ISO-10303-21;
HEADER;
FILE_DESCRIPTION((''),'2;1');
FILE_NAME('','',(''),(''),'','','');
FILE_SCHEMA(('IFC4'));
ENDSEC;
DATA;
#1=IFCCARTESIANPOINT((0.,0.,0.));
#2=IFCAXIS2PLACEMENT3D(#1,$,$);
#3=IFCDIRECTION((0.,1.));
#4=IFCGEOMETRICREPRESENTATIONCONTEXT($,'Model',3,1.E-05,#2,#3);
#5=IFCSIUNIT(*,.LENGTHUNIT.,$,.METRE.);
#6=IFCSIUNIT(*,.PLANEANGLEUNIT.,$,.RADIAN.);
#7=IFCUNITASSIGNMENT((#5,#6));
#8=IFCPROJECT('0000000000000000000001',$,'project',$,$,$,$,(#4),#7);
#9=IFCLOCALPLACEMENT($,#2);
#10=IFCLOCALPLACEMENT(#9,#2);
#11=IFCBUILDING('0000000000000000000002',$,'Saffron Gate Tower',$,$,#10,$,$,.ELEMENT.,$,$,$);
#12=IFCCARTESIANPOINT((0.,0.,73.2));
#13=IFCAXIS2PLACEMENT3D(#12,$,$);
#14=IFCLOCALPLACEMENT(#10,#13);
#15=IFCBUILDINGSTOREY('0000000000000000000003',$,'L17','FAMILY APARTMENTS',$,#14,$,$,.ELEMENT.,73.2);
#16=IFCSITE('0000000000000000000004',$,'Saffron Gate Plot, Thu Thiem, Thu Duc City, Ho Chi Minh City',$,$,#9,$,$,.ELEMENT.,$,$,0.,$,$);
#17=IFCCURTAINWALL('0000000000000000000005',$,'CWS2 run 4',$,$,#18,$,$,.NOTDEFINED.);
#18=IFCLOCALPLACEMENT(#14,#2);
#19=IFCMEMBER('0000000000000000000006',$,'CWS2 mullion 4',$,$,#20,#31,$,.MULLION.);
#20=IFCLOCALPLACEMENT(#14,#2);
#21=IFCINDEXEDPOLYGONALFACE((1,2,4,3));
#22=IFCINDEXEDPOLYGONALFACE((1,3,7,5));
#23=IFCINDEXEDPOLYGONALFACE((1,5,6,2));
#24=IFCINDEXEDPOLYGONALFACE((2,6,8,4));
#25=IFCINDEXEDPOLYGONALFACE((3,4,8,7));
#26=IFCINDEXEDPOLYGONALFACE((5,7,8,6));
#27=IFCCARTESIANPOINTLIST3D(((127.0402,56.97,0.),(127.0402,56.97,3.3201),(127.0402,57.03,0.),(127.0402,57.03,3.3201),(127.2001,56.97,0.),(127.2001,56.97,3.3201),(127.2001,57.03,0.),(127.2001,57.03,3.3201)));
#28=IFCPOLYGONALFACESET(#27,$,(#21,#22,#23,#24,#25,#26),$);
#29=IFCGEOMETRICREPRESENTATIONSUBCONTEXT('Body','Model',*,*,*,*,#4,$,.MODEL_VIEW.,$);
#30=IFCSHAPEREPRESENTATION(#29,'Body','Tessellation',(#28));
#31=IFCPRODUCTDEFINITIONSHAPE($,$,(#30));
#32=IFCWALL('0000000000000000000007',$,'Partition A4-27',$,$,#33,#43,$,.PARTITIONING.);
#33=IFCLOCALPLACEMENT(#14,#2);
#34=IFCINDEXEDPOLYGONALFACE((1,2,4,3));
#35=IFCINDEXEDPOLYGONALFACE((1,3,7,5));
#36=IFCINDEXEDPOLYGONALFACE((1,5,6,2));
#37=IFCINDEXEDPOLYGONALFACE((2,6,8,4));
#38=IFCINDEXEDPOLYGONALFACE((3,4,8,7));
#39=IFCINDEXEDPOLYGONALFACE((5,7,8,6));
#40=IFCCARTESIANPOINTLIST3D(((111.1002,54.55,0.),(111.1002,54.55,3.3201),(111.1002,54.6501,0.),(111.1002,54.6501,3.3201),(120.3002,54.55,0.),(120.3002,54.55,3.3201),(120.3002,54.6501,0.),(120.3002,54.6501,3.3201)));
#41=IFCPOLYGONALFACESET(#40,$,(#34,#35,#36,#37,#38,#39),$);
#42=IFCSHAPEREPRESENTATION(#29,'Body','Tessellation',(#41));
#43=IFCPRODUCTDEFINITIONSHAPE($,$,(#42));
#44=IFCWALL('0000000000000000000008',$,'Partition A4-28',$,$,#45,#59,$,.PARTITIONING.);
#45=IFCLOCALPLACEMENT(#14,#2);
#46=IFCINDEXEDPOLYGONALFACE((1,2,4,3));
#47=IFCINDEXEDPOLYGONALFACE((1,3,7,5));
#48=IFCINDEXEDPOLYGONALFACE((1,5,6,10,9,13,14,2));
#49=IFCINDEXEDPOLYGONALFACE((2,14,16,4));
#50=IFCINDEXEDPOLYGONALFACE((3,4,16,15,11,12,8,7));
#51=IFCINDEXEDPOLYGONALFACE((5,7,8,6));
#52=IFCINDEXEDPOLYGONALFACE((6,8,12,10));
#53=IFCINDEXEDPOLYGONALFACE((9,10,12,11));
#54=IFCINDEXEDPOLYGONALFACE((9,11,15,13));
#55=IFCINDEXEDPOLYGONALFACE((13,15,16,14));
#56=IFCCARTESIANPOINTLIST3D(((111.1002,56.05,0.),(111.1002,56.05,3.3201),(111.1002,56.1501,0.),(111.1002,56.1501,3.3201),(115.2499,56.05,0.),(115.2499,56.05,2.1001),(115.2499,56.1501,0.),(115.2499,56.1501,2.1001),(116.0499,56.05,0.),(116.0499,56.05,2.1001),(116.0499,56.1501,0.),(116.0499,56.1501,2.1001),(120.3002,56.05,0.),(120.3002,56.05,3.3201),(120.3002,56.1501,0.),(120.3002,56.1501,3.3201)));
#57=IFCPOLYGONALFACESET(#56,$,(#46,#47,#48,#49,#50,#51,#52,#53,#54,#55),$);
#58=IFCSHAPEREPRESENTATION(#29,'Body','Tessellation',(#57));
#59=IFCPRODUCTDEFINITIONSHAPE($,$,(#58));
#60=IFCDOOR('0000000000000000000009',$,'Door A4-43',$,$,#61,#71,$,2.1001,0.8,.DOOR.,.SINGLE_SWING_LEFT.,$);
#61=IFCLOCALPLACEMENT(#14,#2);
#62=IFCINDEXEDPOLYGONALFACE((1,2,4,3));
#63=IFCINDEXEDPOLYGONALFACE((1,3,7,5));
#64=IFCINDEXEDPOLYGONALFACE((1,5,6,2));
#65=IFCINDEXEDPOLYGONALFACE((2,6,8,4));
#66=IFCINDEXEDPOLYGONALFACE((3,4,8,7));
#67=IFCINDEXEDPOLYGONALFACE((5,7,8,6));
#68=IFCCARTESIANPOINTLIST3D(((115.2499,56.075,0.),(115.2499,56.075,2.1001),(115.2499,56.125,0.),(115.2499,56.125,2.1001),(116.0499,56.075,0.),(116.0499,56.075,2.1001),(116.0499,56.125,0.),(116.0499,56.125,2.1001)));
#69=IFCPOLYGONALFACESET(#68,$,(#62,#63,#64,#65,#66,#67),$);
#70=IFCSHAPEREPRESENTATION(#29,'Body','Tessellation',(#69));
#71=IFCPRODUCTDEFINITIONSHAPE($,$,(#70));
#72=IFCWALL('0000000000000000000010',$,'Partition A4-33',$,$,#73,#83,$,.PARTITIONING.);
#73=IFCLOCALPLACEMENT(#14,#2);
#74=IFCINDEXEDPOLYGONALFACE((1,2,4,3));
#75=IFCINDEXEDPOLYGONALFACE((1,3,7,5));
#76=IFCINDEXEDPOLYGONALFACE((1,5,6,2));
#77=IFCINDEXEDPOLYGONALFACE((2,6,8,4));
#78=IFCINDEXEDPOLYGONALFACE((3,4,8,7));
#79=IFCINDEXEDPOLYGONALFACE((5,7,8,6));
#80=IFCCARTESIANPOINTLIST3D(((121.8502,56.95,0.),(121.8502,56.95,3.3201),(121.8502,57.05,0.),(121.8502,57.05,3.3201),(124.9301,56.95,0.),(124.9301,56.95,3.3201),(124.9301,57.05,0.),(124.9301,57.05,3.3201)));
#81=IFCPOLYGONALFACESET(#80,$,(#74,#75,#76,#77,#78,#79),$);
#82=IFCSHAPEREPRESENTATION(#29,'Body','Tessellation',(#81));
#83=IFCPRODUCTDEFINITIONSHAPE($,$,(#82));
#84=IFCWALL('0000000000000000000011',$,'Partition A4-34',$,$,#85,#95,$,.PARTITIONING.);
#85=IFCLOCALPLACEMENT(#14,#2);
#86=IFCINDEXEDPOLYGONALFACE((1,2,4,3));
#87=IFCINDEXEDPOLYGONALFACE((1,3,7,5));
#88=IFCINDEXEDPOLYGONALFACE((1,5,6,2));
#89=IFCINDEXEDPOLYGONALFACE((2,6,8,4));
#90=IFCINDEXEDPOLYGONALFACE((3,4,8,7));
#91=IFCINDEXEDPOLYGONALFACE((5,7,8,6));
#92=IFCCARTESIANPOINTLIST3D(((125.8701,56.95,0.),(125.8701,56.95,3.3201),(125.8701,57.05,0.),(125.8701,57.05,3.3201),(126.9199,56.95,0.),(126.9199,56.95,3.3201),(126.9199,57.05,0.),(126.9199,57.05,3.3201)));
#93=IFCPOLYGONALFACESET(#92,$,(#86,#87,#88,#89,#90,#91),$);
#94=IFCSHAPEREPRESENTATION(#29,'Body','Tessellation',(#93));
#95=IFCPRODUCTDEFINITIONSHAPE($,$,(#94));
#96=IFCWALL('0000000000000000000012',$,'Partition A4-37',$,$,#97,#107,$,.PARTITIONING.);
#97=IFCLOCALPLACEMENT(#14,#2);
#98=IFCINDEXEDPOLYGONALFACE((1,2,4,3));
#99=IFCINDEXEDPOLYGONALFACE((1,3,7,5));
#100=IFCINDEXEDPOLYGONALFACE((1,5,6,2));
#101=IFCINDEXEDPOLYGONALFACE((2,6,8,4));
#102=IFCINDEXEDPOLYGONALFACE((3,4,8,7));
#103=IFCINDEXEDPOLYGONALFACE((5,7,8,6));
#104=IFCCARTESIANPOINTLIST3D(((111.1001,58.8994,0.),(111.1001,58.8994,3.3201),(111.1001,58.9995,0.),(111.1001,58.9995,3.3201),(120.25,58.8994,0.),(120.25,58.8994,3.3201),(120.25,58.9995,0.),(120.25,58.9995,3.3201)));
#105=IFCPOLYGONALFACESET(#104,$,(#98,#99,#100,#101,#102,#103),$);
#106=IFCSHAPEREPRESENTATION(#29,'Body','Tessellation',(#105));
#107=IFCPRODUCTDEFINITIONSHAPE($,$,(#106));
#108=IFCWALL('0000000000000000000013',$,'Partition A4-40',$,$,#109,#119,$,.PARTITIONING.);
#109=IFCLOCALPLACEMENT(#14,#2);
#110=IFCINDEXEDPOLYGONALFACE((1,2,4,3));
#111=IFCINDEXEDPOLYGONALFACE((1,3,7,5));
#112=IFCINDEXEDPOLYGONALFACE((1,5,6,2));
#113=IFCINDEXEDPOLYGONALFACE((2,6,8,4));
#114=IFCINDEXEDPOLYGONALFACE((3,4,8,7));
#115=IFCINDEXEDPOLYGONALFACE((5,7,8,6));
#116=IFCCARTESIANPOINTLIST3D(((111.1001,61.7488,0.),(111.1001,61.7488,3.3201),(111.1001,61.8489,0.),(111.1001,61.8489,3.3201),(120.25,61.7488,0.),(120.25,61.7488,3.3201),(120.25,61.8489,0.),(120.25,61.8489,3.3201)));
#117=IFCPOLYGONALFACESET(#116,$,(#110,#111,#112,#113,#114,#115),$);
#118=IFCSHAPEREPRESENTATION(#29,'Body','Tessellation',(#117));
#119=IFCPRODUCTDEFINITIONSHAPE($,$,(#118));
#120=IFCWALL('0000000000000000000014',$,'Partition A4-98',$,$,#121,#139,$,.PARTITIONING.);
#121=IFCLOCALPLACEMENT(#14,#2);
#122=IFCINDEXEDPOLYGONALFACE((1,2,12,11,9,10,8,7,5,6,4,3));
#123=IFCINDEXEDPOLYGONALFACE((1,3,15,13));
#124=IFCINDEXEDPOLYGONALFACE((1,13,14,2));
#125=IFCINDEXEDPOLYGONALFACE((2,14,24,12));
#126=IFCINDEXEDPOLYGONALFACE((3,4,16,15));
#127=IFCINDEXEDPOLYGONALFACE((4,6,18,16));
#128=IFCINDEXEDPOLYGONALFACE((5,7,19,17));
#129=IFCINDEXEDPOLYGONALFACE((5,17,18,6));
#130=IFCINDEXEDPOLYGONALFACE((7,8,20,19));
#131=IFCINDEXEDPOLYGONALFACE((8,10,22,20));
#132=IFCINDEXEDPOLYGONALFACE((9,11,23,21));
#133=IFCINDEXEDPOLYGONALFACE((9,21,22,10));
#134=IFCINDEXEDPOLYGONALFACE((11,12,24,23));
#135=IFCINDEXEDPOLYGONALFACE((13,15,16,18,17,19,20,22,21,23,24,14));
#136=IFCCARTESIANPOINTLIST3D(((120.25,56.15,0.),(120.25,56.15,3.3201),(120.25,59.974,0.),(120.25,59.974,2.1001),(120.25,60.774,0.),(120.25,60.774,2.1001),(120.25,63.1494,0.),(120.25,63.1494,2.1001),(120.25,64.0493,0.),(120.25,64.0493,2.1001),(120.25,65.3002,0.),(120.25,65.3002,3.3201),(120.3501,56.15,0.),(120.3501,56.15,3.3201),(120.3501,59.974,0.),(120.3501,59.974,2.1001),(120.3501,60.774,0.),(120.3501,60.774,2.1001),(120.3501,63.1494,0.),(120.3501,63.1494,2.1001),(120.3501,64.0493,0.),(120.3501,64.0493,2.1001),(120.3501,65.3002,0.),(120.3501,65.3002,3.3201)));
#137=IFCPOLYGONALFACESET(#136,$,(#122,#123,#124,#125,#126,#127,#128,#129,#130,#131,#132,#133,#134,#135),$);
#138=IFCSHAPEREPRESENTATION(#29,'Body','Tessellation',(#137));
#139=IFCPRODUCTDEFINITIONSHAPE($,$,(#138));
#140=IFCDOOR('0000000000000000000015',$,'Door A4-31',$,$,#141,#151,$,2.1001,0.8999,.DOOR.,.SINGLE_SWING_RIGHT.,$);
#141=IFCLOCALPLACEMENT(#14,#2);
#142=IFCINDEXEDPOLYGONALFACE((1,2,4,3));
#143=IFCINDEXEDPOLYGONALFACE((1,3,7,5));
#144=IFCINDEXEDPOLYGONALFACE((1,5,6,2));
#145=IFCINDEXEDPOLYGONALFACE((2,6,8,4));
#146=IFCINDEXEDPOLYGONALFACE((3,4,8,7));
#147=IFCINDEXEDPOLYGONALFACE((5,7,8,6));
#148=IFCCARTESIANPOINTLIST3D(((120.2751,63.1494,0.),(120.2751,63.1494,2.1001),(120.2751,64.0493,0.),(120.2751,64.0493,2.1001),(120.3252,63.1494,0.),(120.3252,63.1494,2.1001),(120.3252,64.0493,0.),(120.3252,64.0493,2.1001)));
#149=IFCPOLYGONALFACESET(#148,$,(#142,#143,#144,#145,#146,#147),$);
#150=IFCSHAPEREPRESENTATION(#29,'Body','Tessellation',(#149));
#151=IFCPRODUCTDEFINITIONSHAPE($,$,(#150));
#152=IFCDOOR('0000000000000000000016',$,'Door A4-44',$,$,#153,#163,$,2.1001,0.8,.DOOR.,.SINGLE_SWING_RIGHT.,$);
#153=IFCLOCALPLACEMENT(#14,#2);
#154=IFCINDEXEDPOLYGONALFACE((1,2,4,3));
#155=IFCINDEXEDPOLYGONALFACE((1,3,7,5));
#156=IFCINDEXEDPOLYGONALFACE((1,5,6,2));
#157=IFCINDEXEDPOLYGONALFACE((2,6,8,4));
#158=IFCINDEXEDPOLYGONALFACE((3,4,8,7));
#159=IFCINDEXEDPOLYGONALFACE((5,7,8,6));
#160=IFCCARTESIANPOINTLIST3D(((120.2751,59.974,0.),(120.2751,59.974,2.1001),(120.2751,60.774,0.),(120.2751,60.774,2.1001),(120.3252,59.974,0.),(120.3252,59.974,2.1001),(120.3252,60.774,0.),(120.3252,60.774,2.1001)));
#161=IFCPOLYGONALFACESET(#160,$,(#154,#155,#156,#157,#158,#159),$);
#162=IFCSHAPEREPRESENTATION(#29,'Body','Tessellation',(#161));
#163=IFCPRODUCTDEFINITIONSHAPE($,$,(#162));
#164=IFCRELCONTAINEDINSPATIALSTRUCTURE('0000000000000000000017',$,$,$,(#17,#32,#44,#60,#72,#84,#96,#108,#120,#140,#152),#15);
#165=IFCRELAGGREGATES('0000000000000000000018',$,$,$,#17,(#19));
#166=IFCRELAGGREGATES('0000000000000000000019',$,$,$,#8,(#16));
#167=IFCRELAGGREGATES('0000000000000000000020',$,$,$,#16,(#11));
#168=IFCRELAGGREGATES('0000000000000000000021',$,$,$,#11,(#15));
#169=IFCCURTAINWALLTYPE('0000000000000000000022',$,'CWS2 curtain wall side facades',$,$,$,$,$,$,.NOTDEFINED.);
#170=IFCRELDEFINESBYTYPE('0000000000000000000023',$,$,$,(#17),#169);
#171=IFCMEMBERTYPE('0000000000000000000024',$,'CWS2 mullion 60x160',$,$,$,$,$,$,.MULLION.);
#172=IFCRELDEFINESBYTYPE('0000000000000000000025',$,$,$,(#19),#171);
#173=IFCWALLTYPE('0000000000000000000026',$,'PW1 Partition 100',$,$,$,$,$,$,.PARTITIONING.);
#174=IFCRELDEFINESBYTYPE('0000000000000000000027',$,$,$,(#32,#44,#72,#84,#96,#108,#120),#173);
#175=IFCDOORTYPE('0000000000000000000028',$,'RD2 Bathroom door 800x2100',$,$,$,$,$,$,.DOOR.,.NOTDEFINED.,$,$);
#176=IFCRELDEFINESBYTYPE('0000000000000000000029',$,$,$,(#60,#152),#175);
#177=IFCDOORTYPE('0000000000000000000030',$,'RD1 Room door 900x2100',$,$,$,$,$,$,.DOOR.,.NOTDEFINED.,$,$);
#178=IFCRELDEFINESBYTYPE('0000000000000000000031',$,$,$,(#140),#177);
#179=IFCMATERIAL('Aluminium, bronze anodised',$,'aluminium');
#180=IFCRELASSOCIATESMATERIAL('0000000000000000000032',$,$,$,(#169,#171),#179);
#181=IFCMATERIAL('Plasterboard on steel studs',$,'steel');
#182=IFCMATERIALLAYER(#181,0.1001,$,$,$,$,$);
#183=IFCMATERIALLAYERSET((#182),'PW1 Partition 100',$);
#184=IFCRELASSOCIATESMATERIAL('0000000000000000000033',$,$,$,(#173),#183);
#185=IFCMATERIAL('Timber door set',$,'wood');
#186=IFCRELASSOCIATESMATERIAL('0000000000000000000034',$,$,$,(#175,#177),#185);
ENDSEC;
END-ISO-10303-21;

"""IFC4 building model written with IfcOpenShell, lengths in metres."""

from ifc_helpers import new_model, si_unit, direction, frame, frame_2d, origin, origin_2d, place, context, subcontext, project, spatial, rectangle, extrude, material, layer, layer_set, material_profile, profile_set, type_object, element, fill, aggregate, save


model = new_model("IFC4")

# Units and contexts
model_context = context("Model", 3, precision=1e-05, world=origin(), true_north=direction((0.0, 1.0)))
body_context = subcontext(model_context, "Body", "Model", "MODEL_VIEW")
ifc_project = project(units=[si_unit("LENGTHUNIT", "METRE"), si_unit("PLANEANGLEUNIT", "RADIAN")], contexts=[model_context])

# Site, building, storey
site_placement = place(None, origin())
site = spatial("IfcSite", under=ifc_project, at=site_placement, Name="Saffron Gate Plot, Thu Thiem, Thu Duc City, Ho Chi Minh City", CompositionType="ELEMENT", RefElevation=0.0)
building_placement = place(site_placement, origin())
building = spatial("IfcBuilding", under=site, at=building_placement, Name="Saffron Gate Tower", CompositionType="ELEMENT")
storey_placement = place(building_placement, frame((0.0, 0.0, 73.2)))
storey = spatial("IfcBuildingStorey", under=building, at=storey_placement, Name="L17", Description="FAMILY APARTMENTS", CompositionType="ELEMENT", Elevation=73.2)

# Curtain wall, member
ifc_material_1 = material(Name="Aluminium, bronze anodised", Category="aluminium")
curtain_wall_type = type_object("IfcCurtainWallType", Name="CWS2 curtain wall side facades", PredefinedType="NOTDEFINED", material=ifc_material_1)
curtain_wall_placement = place(storey_placement, origin())
curtain_wall = element("IfcCurtainWall", 1, at=curtain_wall_placement, inside=storey, type_object=curtain_wall_type, Name="CWS2 run 4", PredefinedType="NOTDEFINED")
ifc_material_profile_1 = material_profile(ifc_material_1, rectangle(XDim=0.1599, YDim=0.0601, at=origin_2d()))
ifc_profile_set_1 = profile_set([ifc_material_profile_1], Name="Aluminium, bronze anodised")
member_type = type_object("IfcMemberType", Name="CWS2 mullion 60x160", PredefinedType="MULLION", material=ifc_profile_set_1)
member_1_placement = place(storey_placement, frame((127.1201, 57.0, 0.0), z_axis=(0.0, 0.0, 1.0), x_axis=(-1.0, 0.0, 0.0)))
member_1 = element("IfcMember", 2, at=member_1_placement, type_object=member_type, Name="CWS2 mullion 4", PredefinedType="MULLION", context=body_context, shape_type="SweptSolid", body=[
    extrude(rectangle(XDim=0.1599, YDim=0.0601, at=origin_2d()), origin(), (0.0, 0.0, 1.0), 3.3201),
])
aggregate(curtain_wall, [member_1])

# Wall
ifc_material_2 = material(Name="Plasterboard on steel studs", Category="steel")
ifc_layer_1 = layer(ifc_material_2, 0.1001)
ifc_layer_set_1 = layer_set([ifc_layer_1], Name="PW1 Partition 100")
wall_type_1 = type_object("IfcWallType", Name="PW1 Partition 100", PredefinedType="PARTITIONING", material=ifc_layer_set_1)
wall_1_placement = place(storey_placement, frame((111.1001, 54.6001, 0.0), z_axis=(0.0, 0.0, 1.0), x_axis=(1.0, 0.0, 0.0)))
element("IfcWall", 3, at=wall_1_placement, inside=storey, type_object=wall_type_1, Name="Partition A4-27", PredefinedType="PARTITIONING", context=body_context, shape_type="SweptSolid", body=[
    extrude(rectangle(XDim=9.2, YDim=0.1001, at=frame_2d((4.6001, 0.0))), origin(), (0.0, 0.0, 1.0), 3.3201),
])

# Wall, opening, door
wall_2_placement = place(storey_placement, frame((111.1001, 56.1001, 0.0), z_axis=(0.0, 0.0, 1.0), x_axis=(1.0, 0.0, 0.0)))
wall_2 = element("IfcWall", 4, at=wall_2_placement, inside=storey, type_object=wall_type_1, Name="Partition A4-28", PredefinedType="PARTITIONING", context=body_context, shape_type="SweptSolid", body=[
    extrude(rectangle(XDim=9.2, YDim=0.1001, at=frame_2d((4.6001, 0.0))), origin(), (0.0, 0.0, 1.0), 3.3201),
])
opening_1_placement = place(wall_2_placement, frame((4.1499, 0.0, 0.0)))
opening_1 = element("IfcOpeningElement", 5, at=opening_1_placement, cuts=wall_2, PredefinedType="OPENING", context=body_context, shape_type="SweptSolid", body=[
    extrude(rectangle(XDim=0.8, YDim=2.1001, at=frame_2d((0.3999, 1.05))), frame((0.0, 0.0601, 0.0), z_axis=(0.0, -1.0, 0.0), x_axis=(1.0, 0.0, 0.0)), (0.0, 0.0, 1.0), 0.1201),
])
ifc_material_3 = material(Name="Timber door set", Category="wood")
door_type_1 = type_object("IfcDoorType", Name="RD2 Bathroom door 800x2100", OperationType="NOTDEFINED", PredefinedType="DOOR", material=ifc_material_3)
door_1_placement = place(opening_1_placement, origin())
door_1 = element("IfcDoor", 6, at=door_1_placement, inside=storey, type_object=door_type_1, Name="Door A4-43", OperationType="SINGLE_SWING_LEFT", OverallHeight=2.1001, OverallWidth=0.8, PredefinedType="DOOR", context=body_context, shape_type="SweptSolid", body=[
    extrude(rectangle(XDim=0.8, YDim=2.1001, at=frame_2d((0.3999, 1.05))), frame((0.0, 0.0249, 0.0), z_axis=(0.0, -1.0, 0.0), x_axis=(1.0, 0.0, 0.0)), (0.0, 0.0, 1.0), 0.05),
])
fill(opening_1, door_1)

# Walls
wall_3_placement = place(storey_placement, frame((121.8501, 57.0, 0.0), z_axis=(0.0, 0.0, 1.0), x_axis=(1.0, 0.0, 0.0)))
element("IfcWall", 7, at=wall_3_placement, inside=storey, type_object=wall_type_1, Name="Partition A4-33", PredefinedType="PARTITIONING", context=body_context, shape_type="SweptSolid", body=[
    extrude(rectangle(XDim=3.0798, YDim=0.1001, at=frame_2d((1.54, 0.0))), origin(), (0.0, 0.0, 1.0), 3.3201),
])
wall_4_placement = place(storey_placement, frame((125.8701, 57.0, 0.0), z_axis=(0.0, 0.0, 1.0), x_axis=(1.0, 0.0, 0.0)))
element("IfcWall", 8, at=wall_4_placement, inside=storey, type_object=wall_type_1, Name="Partition A4-34", PredefinedType="PARTITIONING", context=body_context, shape_type="SweptSolid", body=[
    extrude(rectangle(XDim=1.0498, YDim=0.1001, at=frame_2d((0.5249, 0.0))), origin(), (0.0, 0.0, 1.0), 3.3201),
])
for number, where, z_axis, x_axis, name in (
    (9, (111.1001, 58.9495, 0.0), (0.0, 0.0, 1.0), (1.0, 0.0, 0.0), "Partition A4-37"),
    (10, (111.1001, 61.7988, 0.0), (0.0, 0.0, 1.0), (1.0, 0.0, 0.0), "Partition A4-40"),
):
    element("IfcWall", number, at=place(storey_placement, frame(where, z_axis=z_axis, x_axis=x_axis)), inside=storey, type_object=wall_type_1, Name=name, PredefinedType="PARTITIONING", context=body_context, shape_type="SweptSolid", body=[
        extrude(rectangle(XDim=9.1499, YDim=0.1001, at=frame_2d((4.575, 0.0))), origin(), (0.0, 0.0, 1.0), 3.3201),
    ])

# Wall, openings, doors
wall_5_placement = place(storey_placement, frame((120.3, 56.1499, 0.0), z_axis=(0.0, 0.0, 1.0), x_axis=(0.0, 1.0, 0.0)))
wall_5 = element("IfcWall", 11, at=wall_5_placement, inside=storey, type_object=wall_type_1, Name="Partition A4-98", PredefinedType="PARTITIONING", context=body_context, shape_type="SweptSolid", body=[
    extrude(rectangle(XDim=9.1501, YDim=0.1001, at=frame_2d((4.5752, 0.0))), origin(), (0.0, 0.0, 1.0), 3.3201),
])
opening_2_placement = place(wall_5_placement, frame((3.8242, 0.0, 0.0)))
opening_2 = element("IfcOpeningElement", 12, at=opening_2_placement, cuts=wall_5, PredefinedType="OPENING", context=body_context, shape_type="SweptSolid", body=[
    extrude(rectangle(XDim=0.8, YDim=2.1001, at=frame_2d((0.3999, 1.05))), frame((0.0, 0.0601, 0.0), z_axis=(0.0, -1.0, 0.0), x_axis=(1.0, 0.0, 0.0)), (0.0, 0.0, 1.0), 0.1201),
])
opening_3_placement = place(wall_5_placement, frame((6.9995, 0.0, 0.0)))
opening_3 = element("IfcOpeningElement", 13, at=opening_3_placement, cuts=wall_5, PredefinedType="OPENING", context=body_context, shape_type="SweptSolid", body=[
    extrude(rectangle(XDim=0.8999, YDim=2.1001, at=frame_2d((0.45, 1.05))), frame((0.0, 0.0601, 0.0), z_axis=(0.0, -1.0, 0.0), x_axis=(1.0, 0.0, 0.0)), (0.0, 0.0, 1.0), 0.1201),
])
door_type_2 = type_object("IfcDoorType", Name="RD1 Room door 900x2100", OperationType="NOTDEFINED", PredefinedType="DOOR", material=ifc_material_3)
door_2_placement = place(opening_3_placement, origin())
door_2 = element("IfcDoor", 14, at=door_2_placement, inside=storey, type_object=door_type_2, Name="Door A4-31", OperationType="SINGLE_SWING_RIGHT", OverallHeight=2.1001, OverallWidth=0.8999, PredefinedType="DOOR", context=body_context, shape_type="SweptSolid", body=[
    extrude(rectangle(XDim=0.8999, YDim=2.1001, at=frame_2d((0.45, 1.05))), frame((0.0, 0.0249, 0.0), z_axis=(0.0, -1.0, 0.0), x_axis=(1.0, 0.0, 0.0)), (0.0, 0.0, 1.0), 0.05),
])
fill(opening_3, door_2)
door_3_placement = place(opening_2_placement, origin())
door_3 = element("IfcDoor", 15, at=door_3_placement, inside=storey, type_object=door_type_1, Name="Door A4-44", OperationType="SINGLE_SWING_RIGHT", OverallHeight=2.1001, OverallWidth=0.8, PredefinedType="DOOR", context=body_context, shape_type="SweptSolid", body=[
    extrude(rectangle(XDim=0.8, YDim=2.1001, at=frame_2d((0.3999, 1.05))), frame((0.0, 0.0249, 0.0), z_axis=(0.0, -1.0, 0.0), x_axis=(1.0, 0.0, 0.0)), (0.0, 0.0, 1.0), 0.05),
])
fill(opening_2, door_3)

save(model, "model.ifc")
